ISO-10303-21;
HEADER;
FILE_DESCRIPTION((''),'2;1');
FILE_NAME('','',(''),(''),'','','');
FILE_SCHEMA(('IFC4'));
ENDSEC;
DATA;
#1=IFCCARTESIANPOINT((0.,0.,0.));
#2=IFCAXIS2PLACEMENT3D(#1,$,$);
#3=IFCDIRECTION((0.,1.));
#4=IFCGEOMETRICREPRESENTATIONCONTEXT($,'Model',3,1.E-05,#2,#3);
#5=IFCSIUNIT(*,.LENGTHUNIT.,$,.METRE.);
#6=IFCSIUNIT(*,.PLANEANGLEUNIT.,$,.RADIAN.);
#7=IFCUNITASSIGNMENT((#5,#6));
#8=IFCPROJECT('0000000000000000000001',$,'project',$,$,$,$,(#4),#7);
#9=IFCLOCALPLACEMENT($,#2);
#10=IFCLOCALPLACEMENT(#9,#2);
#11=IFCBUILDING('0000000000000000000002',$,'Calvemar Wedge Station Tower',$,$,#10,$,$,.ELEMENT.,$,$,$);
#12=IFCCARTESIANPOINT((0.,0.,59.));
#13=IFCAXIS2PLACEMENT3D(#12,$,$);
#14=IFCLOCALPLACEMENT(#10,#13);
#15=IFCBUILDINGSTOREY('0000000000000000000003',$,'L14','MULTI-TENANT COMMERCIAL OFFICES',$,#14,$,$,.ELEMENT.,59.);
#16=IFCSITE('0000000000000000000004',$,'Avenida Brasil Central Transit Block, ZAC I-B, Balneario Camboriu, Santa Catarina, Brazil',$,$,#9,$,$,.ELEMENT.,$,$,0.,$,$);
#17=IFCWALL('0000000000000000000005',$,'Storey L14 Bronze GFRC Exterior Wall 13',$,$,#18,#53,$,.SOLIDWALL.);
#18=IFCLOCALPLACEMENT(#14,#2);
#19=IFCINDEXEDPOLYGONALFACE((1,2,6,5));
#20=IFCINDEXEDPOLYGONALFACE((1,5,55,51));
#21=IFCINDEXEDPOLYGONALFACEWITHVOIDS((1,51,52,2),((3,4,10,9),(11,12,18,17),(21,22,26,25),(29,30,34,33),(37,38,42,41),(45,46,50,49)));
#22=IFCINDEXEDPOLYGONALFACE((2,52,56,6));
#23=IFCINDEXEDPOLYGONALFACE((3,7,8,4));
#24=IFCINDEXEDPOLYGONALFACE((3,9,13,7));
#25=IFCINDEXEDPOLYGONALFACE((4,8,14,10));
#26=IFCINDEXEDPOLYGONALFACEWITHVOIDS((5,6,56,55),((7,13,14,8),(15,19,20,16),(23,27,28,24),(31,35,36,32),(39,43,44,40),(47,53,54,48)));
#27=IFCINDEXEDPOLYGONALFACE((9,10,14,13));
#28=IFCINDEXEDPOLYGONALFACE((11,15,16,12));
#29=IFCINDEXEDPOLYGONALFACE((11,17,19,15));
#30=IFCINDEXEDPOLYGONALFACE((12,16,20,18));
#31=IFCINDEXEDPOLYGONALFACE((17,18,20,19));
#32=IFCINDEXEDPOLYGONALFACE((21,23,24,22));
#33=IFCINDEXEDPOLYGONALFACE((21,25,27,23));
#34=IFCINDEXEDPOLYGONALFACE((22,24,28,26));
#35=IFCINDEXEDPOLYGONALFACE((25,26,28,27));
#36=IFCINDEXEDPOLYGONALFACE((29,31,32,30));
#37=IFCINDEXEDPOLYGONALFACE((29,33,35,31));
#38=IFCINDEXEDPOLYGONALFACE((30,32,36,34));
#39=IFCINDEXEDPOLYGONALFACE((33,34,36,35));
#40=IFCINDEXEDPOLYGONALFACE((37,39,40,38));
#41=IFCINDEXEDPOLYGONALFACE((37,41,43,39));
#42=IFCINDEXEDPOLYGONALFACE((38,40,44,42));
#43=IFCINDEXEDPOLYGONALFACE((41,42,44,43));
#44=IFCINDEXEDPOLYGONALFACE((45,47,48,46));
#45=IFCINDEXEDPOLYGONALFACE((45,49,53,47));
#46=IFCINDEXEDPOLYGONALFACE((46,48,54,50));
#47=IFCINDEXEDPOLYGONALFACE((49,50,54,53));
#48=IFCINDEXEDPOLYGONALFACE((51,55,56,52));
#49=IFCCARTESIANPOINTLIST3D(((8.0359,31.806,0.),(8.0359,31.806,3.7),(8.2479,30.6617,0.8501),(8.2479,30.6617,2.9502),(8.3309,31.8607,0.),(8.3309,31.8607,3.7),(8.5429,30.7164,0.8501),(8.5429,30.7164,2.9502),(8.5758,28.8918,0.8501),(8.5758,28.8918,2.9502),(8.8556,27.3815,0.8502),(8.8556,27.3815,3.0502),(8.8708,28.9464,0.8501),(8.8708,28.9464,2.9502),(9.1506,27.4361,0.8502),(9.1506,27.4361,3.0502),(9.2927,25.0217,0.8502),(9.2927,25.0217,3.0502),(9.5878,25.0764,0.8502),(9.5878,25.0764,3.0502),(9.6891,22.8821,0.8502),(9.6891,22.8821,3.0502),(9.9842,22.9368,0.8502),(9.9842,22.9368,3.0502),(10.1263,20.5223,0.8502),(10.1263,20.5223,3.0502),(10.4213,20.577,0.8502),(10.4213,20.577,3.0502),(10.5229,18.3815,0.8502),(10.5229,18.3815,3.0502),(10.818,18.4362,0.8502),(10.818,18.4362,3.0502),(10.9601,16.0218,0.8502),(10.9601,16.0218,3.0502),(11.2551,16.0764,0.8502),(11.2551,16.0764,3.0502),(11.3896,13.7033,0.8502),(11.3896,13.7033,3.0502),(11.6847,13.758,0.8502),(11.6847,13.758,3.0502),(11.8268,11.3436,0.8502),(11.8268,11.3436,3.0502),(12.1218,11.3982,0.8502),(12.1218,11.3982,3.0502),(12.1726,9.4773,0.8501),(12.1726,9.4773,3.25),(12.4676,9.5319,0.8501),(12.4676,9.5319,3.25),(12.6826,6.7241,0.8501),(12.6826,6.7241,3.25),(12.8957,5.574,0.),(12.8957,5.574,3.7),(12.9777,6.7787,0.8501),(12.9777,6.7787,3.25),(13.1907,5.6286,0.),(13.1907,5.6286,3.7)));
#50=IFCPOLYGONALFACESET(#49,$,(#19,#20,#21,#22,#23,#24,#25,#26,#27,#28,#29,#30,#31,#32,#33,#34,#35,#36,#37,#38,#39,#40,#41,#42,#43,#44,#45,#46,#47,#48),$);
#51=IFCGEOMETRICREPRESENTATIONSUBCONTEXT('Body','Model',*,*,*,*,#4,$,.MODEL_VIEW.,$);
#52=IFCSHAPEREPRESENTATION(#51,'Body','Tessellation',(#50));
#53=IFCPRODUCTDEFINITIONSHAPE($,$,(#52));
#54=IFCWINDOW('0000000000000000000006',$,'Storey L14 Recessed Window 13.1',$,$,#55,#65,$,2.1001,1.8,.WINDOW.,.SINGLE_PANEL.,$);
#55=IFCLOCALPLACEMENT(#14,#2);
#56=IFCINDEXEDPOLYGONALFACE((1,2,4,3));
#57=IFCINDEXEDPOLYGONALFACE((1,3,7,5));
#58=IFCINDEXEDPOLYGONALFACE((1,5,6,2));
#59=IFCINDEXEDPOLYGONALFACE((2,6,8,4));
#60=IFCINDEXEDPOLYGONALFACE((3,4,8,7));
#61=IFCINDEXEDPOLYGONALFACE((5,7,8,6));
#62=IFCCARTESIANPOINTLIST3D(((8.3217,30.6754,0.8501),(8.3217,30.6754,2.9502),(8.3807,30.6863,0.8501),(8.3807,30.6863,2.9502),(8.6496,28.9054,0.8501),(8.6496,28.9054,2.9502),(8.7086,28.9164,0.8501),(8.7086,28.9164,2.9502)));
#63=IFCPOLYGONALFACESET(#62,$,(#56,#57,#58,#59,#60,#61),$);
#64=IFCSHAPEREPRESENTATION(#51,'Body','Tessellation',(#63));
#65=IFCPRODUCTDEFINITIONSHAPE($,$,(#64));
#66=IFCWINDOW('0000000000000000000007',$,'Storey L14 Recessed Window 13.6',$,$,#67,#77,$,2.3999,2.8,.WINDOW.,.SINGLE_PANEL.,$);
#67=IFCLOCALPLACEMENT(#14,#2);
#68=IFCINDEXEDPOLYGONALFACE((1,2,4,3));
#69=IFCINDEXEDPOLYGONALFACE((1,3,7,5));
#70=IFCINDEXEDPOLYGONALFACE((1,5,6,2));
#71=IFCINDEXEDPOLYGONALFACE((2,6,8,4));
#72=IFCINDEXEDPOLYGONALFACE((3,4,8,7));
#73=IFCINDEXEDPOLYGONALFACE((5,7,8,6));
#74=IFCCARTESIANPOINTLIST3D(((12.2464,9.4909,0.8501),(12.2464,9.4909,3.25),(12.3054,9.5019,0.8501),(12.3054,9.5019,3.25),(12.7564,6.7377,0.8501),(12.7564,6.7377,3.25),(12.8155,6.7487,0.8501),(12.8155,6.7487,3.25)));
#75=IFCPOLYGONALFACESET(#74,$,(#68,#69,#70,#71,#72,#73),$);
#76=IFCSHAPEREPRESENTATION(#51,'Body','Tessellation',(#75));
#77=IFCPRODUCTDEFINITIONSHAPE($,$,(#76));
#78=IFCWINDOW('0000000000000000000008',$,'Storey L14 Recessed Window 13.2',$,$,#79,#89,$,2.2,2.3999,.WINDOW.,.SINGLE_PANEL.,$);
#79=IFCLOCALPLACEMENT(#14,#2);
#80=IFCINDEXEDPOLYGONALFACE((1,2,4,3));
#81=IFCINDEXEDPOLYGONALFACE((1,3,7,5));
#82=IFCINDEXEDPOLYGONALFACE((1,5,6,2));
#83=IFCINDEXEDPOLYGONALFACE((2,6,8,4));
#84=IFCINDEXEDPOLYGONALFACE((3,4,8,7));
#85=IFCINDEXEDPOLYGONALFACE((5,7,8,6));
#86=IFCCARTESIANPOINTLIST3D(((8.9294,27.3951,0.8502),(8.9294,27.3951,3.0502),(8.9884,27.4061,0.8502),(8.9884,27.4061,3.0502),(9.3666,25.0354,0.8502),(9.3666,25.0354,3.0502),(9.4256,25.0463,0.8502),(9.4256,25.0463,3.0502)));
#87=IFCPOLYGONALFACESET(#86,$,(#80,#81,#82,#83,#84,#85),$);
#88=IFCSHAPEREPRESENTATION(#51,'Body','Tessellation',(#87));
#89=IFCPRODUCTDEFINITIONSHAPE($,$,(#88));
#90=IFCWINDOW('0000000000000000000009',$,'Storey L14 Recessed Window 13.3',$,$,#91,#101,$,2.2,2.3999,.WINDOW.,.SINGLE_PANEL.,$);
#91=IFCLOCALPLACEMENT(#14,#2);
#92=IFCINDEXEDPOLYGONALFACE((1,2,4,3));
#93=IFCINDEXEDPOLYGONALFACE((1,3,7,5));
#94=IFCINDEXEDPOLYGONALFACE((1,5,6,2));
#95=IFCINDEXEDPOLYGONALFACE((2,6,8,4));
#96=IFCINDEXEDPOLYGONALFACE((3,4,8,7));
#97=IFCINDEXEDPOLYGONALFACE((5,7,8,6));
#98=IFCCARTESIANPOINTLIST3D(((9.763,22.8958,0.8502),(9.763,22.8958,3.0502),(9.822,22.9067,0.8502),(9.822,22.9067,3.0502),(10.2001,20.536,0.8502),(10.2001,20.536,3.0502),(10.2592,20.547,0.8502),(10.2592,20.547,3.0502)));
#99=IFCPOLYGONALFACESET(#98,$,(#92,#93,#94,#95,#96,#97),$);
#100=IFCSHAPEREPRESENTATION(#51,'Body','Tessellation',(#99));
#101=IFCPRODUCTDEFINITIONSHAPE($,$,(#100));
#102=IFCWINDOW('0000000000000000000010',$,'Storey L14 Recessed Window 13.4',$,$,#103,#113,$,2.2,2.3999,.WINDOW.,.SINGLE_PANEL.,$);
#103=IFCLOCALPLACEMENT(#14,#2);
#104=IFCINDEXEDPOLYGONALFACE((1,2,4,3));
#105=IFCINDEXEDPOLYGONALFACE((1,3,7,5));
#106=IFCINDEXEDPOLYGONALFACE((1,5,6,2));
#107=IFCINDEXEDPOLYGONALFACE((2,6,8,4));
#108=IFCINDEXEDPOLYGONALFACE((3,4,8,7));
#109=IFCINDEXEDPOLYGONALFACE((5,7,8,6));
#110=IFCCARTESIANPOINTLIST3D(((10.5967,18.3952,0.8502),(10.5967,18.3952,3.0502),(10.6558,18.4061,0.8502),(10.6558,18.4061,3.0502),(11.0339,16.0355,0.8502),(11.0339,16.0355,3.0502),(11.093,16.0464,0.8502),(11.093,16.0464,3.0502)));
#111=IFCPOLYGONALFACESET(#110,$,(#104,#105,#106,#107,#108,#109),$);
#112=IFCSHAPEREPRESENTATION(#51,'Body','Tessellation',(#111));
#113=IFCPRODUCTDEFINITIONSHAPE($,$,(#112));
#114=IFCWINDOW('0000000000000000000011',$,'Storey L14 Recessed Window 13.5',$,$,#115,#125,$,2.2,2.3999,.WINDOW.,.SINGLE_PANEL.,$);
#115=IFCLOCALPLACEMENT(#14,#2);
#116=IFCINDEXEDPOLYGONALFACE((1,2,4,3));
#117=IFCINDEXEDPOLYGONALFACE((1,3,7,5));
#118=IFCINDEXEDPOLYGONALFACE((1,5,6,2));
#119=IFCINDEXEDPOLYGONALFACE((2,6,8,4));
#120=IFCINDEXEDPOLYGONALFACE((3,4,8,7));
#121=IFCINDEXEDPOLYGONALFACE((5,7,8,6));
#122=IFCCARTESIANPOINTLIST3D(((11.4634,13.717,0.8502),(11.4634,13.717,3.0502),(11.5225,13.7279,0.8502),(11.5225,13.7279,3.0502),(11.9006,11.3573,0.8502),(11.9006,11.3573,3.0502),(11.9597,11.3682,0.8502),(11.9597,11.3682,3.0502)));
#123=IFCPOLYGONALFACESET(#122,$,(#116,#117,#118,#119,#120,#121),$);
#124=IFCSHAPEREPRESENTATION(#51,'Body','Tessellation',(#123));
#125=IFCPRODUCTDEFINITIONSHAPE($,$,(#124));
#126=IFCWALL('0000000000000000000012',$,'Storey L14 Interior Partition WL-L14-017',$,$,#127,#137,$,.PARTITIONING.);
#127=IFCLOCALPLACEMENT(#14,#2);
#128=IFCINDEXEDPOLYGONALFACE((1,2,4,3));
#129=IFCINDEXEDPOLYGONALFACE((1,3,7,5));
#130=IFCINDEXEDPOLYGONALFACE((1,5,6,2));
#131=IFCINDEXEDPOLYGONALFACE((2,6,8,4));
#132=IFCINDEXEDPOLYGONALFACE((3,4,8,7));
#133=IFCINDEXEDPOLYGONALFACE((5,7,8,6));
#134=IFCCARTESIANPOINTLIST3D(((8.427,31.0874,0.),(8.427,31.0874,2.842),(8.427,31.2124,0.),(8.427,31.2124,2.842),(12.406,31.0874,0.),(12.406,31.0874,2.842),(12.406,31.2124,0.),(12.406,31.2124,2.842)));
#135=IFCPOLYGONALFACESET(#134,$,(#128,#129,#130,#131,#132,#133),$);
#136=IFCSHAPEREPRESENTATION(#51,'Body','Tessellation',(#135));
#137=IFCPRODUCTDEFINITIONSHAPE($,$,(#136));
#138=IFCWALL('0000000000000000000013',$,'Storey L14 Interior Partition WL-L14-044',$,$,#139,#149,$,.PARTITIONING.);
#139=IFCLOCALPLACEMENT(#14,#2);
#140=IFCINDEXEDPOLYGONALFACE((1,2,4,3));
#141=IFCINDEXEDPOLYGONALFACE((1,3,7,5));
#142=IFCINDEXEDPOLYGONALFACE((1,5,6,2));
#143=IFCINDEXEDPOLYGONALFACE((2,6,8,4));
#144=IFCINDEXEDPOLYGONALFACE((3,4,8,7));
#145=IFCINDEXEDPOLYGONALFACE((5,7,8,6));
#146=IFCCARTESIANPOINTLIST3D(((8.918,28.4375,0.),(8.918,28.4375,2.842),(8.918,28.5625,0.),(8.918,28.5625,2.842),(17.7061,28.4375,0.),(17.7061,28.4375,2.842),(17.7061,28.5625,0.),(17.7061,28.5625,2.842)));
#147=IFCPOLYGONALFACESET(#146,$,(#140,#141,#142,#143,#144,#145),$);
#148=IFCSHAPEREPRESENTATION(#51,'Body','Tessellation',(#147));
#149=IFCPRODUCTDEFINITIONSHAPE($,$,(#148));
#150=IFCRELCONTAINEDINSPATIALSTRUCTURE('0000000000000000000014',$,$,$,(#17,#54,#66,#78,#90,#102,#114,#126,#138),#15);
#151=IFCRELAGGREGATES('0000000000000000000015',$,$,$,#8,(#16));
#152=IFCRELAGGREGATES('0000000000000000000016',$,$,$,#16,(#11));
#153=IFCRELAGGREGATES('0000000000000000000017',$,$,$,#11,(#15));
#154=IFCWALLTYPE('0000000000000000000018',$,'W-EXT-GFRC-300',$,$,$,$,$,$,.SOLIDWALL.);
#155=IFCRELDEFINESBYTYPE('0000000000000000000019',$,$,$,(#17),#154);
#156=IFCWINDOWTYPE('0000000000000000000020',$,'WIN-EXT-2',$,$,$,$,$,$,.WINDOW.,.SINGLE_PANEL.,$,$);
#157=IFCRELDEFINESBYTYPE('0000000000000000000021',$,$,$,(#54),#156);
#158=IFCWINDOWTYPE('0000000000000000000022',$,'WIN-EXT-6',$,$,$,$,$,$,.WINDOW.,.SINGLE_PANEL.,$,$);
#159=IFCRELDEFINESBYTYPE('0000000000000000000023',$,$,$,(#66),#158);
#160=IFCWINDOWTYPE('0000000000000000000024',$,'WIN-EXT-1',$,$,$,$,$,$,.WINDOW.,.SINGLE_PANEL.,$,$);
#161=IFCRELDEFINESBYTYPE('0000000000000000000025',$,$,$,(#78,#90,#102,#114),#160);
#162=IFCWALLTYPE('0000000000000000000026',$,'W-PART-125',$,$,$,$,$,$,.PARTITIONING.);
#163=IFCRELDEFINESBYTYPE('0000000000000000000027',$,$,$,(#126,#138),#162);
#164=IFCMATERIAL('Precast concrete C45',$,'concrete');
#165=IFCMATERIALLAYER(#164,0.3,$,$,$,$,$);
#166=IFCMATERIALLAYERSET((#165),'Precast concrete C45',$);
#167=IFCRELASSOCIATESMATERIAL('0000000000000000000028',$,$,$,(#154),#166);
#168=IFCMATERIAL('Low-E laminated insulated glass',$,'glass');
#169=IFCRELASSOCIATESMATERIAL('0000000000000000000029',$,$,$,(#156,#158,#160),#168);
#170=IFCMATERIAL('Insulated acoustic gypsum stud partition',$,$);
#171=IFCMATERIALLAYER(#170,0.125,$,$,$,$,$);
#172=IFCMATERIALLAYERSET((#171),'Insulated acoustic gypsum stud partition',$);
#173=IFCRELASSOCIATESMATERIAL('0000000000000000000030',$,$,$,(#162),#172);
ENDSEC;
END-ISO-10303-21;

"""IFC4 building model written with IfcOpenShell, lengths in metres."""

from ifc_helpers import new_model, si_unit, direction, frame, frame_2d, origin, place, context, subcontext, project, spatial, rectangle, extrude, source, transform, mapped, material, layer, layer_set, type_object, element, fill, save


model = new_model("IFC4")

# Units and contexts
model_context = context("Model", 3, precision=1e-05, world=origin(), true_north=direction((0.0, 1.0)))
body_context = subcontext(model_context, "Body", "Model", "MODEL_VIEW")
ifc_project = project(units=[si_unit("LENGTHUNIT", "METRE"), si_unit("PLANEANGLEUNIT", "RADIAN")], contexts=[model_context])

# Site, building, storey
site_placement = place(None, origin())
site = spatial("IfcSite", under=ifc_project, at=site_placement, Name="Avenida Brasil Central Transit Block, ZAC I-B, Balneario Camboriu, Santa Catarina, Brazil", CompositionType="ELEMENT", RefElevation=0.0)
building_placement = place(site_placement, origin())
building = spatial("IfcBuilding", under=site, at=building_placement, Name="Calvemar Wedge Station Tower", CompositionType="ELEMENT")
storey_placement = place(building_placement, frame((0.0, 0.0, 59.0)))
storey = spatial("IfcBuildingStorey", under=building, at=storey_placement, Name="L14", Description="MULTI-TENANT COMMERCIAL OFFICES", CompositionType="ELEMENT", Elevation=59.0)

# Wall, openings, windows
ifc_material_1 = material(Name="Precast concrete C45", Category="concrete")
ifc_layer_1 = layer(ifc_material_1, 0.3)
ifc_layer_set_1 = layer_set([ifc_layer_1], Name="Precast concrete C45")
wall_type_1 = type_object("IfcWallType", Name="W-EXT-GFRC-300", PredefinedType="SOLIDWALL", material=ifc_layer_set_1)
wall_1_placement = place(storey_placement, frame((8.1833, 31.8335, 0.0), z_axis=(0.0, 0.0, 1.0), x_axis=(0.182164, -0.983268, 0.0)))
wall_1 = element("IfcWall", 1, at=wall_1_placement, inside=storey, type_object=wall_type_1, Name="Storey L14 Bronze GFRC Exterior Wall 13", PredefinedType="SOLIDWALL", context=body_context, shape_type="SweptSolid", body=[
    extrude(rectangle(XDim=26.6785, YDim=0.3, at=frame_2d((13.3394, 0.0))), origin(), (0.0, 0.0, 1.0), 3.7),
])
shared_shape_1 = source(origin(), body_context, "Body", "SweptSolid", [
    extrude(rectangle(XDim=1.8, YDim=2.1001, at=frame_2d((0.8999, 1.05))), frame((0.0, 0.1602, 0.0), z_axis=(0.0, -1.0, 0.0), x_axis=(1.0, 0.0, 0.0)), (0.0, 0.0, 1.0), 0.3201),
])
opening_1_placement = place(wall_1_placement, frame((1.1641, 0.0, 0.8501)))
opening_1 = element("IfcOpeningElement", 2, at=opening_1_placement, cuts=wall_1, PredefinedType="OPENING", context=body_context, shape_type="MappedRepresentation", body=[
    mapped(shared_shape_1, transform((0.0, 0.0, 0.0), scale=1.0)),
])
shared_shape_2 = source(origin(), body_context, "Body", "SweptSolid", [
    extrude(rectangle(XDim=2.3999, YDim=2.2, at=frame_2d((1.2, 1.1001))), frame((0.0, 0.1602, 0.0), z_axis=(0.0, -1.0, 0.0), x_axis=(1.0, 0.0, 0.0)), (0.0, 0.0, 1.0), 0.3201),
])
opening_2_placement = place(wall_1_placement, frame((4.5, 0.0, 0.8501)))
opening_2 = element("IfcOpeningElement", 3, at=opening_2_placement, cuts=wall_1, PredefinedType="OPENING", context=body_context, shape_type="MappedRepresentation", body=[
    mapped(shared_shape_2, transform((0.0, 0.0, 0.0), scale=1.0)),
])
opening_3_placement = place(wall_1_placement, frame((9.0759, 0.0, 0.8501)))
opening_3 = element("IfcOpeningElement", 4, at=opening_3_placement, cuts=wall_1, PredefinedType="OPENING", context=body_context, shape_type="MappedRepresentation", body=[
    mapped(shared_shape_2, transform((0.0, 0.0, 0.0), scale=1.0)),
])
opening_4_placement = place(wall_1_placement, frame((13.6531, 0.0, 0.8501)))
opening_4 = element("IfcOpeningElement", 5, at=opening_4_placement, cuts=wall_1, PredefinedType="OPENING", context=body_context, shape_type="MappedRepresentation", body=[
    mapped(shared_shape_2, transform((0.0, 0.0, 0.0), scale=1.0)),
])
opening_5_placement = place(wall_1_placement, frame((18.4109, 0.0, 0.8501)))
opening_5 = element("IfcOpeningElement", 6, at=opening_5_placement, cuts=wall_1, PredefinedType="OPENING", context=body_context, shape_type="MappedRepresentation", body=[
    mapped(shared_shape_2, transform((0.0, 0.0, 0.0), scale=1.0)),
])
shared_shape_3 = source(origin(), body_context, "Body", "SweptSolid", [
    extrude(rectangle(XDim=2.8, YDim=2.3999, at=frame_2d((1.3999, 1.2))), frame((0.0, 0.1602, 0.0), z_axis=(0.0, -1.0, 0.0), x_axis=(1.0, 0.0, 0.0)), (0.0, 0.0, 1.0), 0.3201),
])
opening_6_placement = place(wall_1_placement, frame((22.709, 0.0, 0.8501)))
opening_6 = element("IfcOpeningElement", 7, at=opening_6_placement, cuts=wall_1, PredefinedType="OPENING", context=body_context, shape_type="MappedRepresentation", body=[
    mapped(shared_shape_3, transform((0.0, 0.0, 0.0), scale=1.0)),
])
ifc_material_2 = material(Name="Low-E laminated insulated glass", Category="glass")
window_type_1 = type_object("IfcWindowType", Name="WIN-EXT-2", PartitioningType="SINGLE_PANEL", PredefinedType="WINDOW", material=ifc_material_2)
shared_shape_4 = source(origin(), body_context, "Body", "SweptSolid", [
    extrude(rectangle(XDim=1.8, YDim=2.1001, at=frame_2d((0.8999, 1.05))), frame((0.0, -0.0149, 0.0), z_axis=(0.0, -1.0, 0.0), x_axis=(1.0, 0.0, 0.0)), (0.0, 0.0, 1.0), 0.0601),
])
window_1_placement = place(opening_1_placement, origin())
window_1 = element("IfcWindow", 8, at=window_1_placement, inside=storey, type_object=window_type_1, Name="Storey L14 Recessed Window 13.1", OverallHeight=2.1001, OverallWidth=1.8, PartitioningType="SINGLE_PANEL", PredefinedType="WINDOW", context=body_context, shape_type="MappedRepresentation", body=[
    mapped(shared_shape_4, transform((0.0, 0.0, 0.0), scale=1.0)),
])
fill(opening_1, window_1)
window_type_2 = type_object("IfcWindowType", Name="WIN-EXT-6", PartitioningType="SINGLE_PANEL", PredefinedType="WINDOW", material=ifc_material_2)
shared_shape_5 = source(origin(), body_context, "Body", "SweptSolid", [
    extrude(rectangle(XDim=2.8, YDim=2.3999, at=frame_2d((1.3999, 1.2))), frame((0.0, -0.0149, 0.0), z_axis=(0.0, -1.0, 0.0), x_axis=(1.0, 0.0, 0.0)), (0.0, 0.0, 1.0), 0.0601),
])
window_2_placement = place(opening_6_placement, origin())
window_2 = element("IfcWindow", 9, at=window_2_placement, inside=storey, type_object=window_type_2, Name="Storey L14 Recessed Window 13.6", OverallHeight=2.3999, OverallWidth=2.8, PartitioningType="SINGLE_PANEL", PredefinedType="WINDOW", context=body_context, shape_type="MappedRepresentation", body=[
    mapped(shared_shape_5, transform((0.0, 0.0, 0.0), scale=1.0)),
])
fill(opening_6, window_2)
window_type_3 = type_object("IfcWindowType", Name="WIN-EXT-1", PartitioningType="SINGLE_PANEL", PredefinedType="WINDOW", material=ifc_material_2)
shared_shape_6 = source(origin(), body_context, "Body", "SweptSolid", [
    extrude(rectangle(XDim=2.3999, YDim=2.2, at=frame_2d((1.2, 1.1001))), frame((0.0, -0.0149, 0.0), z_axis=(0.0, -1.0, 0.0), x_axis=(1.0, 0.0, 0.0)), (0.0, 0.0, 1.0), 0.0601),
])
window_3_placement = place(opening_2_placement, origin())
window_3 = element("IfcWindow", 10, at=window_3_placement, inside=storey, type_object=window_type_3, Name="Storey L14 Recessed Window 13.2", OverallHeight=2.2, OverallWidth=2.3999, PartitioningType="SINGLE_PANEL", PredefinedType="WINDOW", context=body_context, shape_type="MappedRepresentation", body=[
    mapped(shared_shape_6, transform((0.0, 0.0, 0.0), scale=1.0)),
])
fill(opening_2, window_3)
window_4_placement = place(opening_3_placement, origin())
window_4 = element("IfcWindow", 11, at=window_4_placement, inside=storey, type_object=window_type_3, Name="Storey L14 Recessed Window 13.3", OverallHeight=2.2, OverallWidth=2.3999, PartitioningType="SINGLE_PANEL", PredefinedType="WINDOW", context=body_context, shape_type="MappedRepresentation", body=[
    mapped(shared_shape_6, transform((0.0, 0.0, 0.0), scale=1.0)),
])
fill(opening_3, window_4)
window_5_placement = place(opening_4_placement, origin())
window_5 = element("IfcWindow", 12, at=window_5_placement, inside=storey, type_object=window_type_3, Name="Storey L14 Recessed Window 13.4", OverallHeight=2.2, OverallWidth=2.3999, PartitioningType="SINGLE_PANEL", PredefinedType="WINDOW", context=body_context, shape_type="MappedRepresentation", body=[
    mapped(shared_shape_6, transform((0.0, 0.0, 0.0), scale=1.0)),
])
fill(opening_4, window_5)
window_6_placement = place(opening_5_placement, origin())
window_6 = element("IfcWindow", 13, at=window_6_placement, inside=storey, type_object=window_type_3, Name="Storey L14 Recessed Window 13.5", OverallHeight=2.2, OverallWidth=2.3999, PartitioningType="SINGLE_PANEL", PredefinedType="WINDOW", context=body_context, shape_type="MappedRepresentation", body=[
    mapped(shared_shape_6, transform((0.0, 0.0, 0.0), scale=1.0)),
])
fill(opening_5, window_6)

# Walls
ifc_material_3 = material(Name="Insulated acoustic gypsum stud partition")
ifc_layer_2 = layer(ifc_material_3, 0.125)
ifc_layer_set_2 = layer_set([ifc_layer_2], Name="Insulated acoustic gypsum stud partition")
wall_type_2 = type_object("IfcWallType", Name="W-PART-125", PredefinedType="PARTITIONING", material=ifc_layer_set_2)
wall_2_placement = place(storey_placement, frame((12.406, 31.1499, 0.0), z_axis=(0.0, 0.0, 1.0), x_axis=(-1.0, 0.0, 0.0)))
element("IfcWall", 14, at=wall_2_placement, inside=storey, type_object=wall_type_2, Name="Storey L14 Interior Partition WL-L14-017", PredefinedType="PARTITIONING", context=body_context, shape_type="SweptSolid", body=[
    extrude(rectangle(XDim=3.979, YDim=0.125, at=frame_2d((1.9895, 0.0))), origin(), (0.0, 0.0, 1.0), 2.842),
])
wall_3_placement = place(storey_placement, frame((8.918, 28.5, 0.0), z_axis=(0.0, 0.0, 1.0), x_axis=(1.0, 0.0, 0.0)))
element("IfcWall", 15, at=wall_3_placement, inside=storey, type_object=wall_type_2, Name="Storey L14 Interior Partition WL-L14-044", PredefinedType="PARTITIONING", context=body_context, shape_type="SweptSolid", body=[
    extrude(rectangle(XDim=8.7881, YDim=0.125, at=frame_2d((4.394, 0.0))), origin(), (0.0, 0.0, 1.0), 2.842),
])

save(model, "model.ifc")
